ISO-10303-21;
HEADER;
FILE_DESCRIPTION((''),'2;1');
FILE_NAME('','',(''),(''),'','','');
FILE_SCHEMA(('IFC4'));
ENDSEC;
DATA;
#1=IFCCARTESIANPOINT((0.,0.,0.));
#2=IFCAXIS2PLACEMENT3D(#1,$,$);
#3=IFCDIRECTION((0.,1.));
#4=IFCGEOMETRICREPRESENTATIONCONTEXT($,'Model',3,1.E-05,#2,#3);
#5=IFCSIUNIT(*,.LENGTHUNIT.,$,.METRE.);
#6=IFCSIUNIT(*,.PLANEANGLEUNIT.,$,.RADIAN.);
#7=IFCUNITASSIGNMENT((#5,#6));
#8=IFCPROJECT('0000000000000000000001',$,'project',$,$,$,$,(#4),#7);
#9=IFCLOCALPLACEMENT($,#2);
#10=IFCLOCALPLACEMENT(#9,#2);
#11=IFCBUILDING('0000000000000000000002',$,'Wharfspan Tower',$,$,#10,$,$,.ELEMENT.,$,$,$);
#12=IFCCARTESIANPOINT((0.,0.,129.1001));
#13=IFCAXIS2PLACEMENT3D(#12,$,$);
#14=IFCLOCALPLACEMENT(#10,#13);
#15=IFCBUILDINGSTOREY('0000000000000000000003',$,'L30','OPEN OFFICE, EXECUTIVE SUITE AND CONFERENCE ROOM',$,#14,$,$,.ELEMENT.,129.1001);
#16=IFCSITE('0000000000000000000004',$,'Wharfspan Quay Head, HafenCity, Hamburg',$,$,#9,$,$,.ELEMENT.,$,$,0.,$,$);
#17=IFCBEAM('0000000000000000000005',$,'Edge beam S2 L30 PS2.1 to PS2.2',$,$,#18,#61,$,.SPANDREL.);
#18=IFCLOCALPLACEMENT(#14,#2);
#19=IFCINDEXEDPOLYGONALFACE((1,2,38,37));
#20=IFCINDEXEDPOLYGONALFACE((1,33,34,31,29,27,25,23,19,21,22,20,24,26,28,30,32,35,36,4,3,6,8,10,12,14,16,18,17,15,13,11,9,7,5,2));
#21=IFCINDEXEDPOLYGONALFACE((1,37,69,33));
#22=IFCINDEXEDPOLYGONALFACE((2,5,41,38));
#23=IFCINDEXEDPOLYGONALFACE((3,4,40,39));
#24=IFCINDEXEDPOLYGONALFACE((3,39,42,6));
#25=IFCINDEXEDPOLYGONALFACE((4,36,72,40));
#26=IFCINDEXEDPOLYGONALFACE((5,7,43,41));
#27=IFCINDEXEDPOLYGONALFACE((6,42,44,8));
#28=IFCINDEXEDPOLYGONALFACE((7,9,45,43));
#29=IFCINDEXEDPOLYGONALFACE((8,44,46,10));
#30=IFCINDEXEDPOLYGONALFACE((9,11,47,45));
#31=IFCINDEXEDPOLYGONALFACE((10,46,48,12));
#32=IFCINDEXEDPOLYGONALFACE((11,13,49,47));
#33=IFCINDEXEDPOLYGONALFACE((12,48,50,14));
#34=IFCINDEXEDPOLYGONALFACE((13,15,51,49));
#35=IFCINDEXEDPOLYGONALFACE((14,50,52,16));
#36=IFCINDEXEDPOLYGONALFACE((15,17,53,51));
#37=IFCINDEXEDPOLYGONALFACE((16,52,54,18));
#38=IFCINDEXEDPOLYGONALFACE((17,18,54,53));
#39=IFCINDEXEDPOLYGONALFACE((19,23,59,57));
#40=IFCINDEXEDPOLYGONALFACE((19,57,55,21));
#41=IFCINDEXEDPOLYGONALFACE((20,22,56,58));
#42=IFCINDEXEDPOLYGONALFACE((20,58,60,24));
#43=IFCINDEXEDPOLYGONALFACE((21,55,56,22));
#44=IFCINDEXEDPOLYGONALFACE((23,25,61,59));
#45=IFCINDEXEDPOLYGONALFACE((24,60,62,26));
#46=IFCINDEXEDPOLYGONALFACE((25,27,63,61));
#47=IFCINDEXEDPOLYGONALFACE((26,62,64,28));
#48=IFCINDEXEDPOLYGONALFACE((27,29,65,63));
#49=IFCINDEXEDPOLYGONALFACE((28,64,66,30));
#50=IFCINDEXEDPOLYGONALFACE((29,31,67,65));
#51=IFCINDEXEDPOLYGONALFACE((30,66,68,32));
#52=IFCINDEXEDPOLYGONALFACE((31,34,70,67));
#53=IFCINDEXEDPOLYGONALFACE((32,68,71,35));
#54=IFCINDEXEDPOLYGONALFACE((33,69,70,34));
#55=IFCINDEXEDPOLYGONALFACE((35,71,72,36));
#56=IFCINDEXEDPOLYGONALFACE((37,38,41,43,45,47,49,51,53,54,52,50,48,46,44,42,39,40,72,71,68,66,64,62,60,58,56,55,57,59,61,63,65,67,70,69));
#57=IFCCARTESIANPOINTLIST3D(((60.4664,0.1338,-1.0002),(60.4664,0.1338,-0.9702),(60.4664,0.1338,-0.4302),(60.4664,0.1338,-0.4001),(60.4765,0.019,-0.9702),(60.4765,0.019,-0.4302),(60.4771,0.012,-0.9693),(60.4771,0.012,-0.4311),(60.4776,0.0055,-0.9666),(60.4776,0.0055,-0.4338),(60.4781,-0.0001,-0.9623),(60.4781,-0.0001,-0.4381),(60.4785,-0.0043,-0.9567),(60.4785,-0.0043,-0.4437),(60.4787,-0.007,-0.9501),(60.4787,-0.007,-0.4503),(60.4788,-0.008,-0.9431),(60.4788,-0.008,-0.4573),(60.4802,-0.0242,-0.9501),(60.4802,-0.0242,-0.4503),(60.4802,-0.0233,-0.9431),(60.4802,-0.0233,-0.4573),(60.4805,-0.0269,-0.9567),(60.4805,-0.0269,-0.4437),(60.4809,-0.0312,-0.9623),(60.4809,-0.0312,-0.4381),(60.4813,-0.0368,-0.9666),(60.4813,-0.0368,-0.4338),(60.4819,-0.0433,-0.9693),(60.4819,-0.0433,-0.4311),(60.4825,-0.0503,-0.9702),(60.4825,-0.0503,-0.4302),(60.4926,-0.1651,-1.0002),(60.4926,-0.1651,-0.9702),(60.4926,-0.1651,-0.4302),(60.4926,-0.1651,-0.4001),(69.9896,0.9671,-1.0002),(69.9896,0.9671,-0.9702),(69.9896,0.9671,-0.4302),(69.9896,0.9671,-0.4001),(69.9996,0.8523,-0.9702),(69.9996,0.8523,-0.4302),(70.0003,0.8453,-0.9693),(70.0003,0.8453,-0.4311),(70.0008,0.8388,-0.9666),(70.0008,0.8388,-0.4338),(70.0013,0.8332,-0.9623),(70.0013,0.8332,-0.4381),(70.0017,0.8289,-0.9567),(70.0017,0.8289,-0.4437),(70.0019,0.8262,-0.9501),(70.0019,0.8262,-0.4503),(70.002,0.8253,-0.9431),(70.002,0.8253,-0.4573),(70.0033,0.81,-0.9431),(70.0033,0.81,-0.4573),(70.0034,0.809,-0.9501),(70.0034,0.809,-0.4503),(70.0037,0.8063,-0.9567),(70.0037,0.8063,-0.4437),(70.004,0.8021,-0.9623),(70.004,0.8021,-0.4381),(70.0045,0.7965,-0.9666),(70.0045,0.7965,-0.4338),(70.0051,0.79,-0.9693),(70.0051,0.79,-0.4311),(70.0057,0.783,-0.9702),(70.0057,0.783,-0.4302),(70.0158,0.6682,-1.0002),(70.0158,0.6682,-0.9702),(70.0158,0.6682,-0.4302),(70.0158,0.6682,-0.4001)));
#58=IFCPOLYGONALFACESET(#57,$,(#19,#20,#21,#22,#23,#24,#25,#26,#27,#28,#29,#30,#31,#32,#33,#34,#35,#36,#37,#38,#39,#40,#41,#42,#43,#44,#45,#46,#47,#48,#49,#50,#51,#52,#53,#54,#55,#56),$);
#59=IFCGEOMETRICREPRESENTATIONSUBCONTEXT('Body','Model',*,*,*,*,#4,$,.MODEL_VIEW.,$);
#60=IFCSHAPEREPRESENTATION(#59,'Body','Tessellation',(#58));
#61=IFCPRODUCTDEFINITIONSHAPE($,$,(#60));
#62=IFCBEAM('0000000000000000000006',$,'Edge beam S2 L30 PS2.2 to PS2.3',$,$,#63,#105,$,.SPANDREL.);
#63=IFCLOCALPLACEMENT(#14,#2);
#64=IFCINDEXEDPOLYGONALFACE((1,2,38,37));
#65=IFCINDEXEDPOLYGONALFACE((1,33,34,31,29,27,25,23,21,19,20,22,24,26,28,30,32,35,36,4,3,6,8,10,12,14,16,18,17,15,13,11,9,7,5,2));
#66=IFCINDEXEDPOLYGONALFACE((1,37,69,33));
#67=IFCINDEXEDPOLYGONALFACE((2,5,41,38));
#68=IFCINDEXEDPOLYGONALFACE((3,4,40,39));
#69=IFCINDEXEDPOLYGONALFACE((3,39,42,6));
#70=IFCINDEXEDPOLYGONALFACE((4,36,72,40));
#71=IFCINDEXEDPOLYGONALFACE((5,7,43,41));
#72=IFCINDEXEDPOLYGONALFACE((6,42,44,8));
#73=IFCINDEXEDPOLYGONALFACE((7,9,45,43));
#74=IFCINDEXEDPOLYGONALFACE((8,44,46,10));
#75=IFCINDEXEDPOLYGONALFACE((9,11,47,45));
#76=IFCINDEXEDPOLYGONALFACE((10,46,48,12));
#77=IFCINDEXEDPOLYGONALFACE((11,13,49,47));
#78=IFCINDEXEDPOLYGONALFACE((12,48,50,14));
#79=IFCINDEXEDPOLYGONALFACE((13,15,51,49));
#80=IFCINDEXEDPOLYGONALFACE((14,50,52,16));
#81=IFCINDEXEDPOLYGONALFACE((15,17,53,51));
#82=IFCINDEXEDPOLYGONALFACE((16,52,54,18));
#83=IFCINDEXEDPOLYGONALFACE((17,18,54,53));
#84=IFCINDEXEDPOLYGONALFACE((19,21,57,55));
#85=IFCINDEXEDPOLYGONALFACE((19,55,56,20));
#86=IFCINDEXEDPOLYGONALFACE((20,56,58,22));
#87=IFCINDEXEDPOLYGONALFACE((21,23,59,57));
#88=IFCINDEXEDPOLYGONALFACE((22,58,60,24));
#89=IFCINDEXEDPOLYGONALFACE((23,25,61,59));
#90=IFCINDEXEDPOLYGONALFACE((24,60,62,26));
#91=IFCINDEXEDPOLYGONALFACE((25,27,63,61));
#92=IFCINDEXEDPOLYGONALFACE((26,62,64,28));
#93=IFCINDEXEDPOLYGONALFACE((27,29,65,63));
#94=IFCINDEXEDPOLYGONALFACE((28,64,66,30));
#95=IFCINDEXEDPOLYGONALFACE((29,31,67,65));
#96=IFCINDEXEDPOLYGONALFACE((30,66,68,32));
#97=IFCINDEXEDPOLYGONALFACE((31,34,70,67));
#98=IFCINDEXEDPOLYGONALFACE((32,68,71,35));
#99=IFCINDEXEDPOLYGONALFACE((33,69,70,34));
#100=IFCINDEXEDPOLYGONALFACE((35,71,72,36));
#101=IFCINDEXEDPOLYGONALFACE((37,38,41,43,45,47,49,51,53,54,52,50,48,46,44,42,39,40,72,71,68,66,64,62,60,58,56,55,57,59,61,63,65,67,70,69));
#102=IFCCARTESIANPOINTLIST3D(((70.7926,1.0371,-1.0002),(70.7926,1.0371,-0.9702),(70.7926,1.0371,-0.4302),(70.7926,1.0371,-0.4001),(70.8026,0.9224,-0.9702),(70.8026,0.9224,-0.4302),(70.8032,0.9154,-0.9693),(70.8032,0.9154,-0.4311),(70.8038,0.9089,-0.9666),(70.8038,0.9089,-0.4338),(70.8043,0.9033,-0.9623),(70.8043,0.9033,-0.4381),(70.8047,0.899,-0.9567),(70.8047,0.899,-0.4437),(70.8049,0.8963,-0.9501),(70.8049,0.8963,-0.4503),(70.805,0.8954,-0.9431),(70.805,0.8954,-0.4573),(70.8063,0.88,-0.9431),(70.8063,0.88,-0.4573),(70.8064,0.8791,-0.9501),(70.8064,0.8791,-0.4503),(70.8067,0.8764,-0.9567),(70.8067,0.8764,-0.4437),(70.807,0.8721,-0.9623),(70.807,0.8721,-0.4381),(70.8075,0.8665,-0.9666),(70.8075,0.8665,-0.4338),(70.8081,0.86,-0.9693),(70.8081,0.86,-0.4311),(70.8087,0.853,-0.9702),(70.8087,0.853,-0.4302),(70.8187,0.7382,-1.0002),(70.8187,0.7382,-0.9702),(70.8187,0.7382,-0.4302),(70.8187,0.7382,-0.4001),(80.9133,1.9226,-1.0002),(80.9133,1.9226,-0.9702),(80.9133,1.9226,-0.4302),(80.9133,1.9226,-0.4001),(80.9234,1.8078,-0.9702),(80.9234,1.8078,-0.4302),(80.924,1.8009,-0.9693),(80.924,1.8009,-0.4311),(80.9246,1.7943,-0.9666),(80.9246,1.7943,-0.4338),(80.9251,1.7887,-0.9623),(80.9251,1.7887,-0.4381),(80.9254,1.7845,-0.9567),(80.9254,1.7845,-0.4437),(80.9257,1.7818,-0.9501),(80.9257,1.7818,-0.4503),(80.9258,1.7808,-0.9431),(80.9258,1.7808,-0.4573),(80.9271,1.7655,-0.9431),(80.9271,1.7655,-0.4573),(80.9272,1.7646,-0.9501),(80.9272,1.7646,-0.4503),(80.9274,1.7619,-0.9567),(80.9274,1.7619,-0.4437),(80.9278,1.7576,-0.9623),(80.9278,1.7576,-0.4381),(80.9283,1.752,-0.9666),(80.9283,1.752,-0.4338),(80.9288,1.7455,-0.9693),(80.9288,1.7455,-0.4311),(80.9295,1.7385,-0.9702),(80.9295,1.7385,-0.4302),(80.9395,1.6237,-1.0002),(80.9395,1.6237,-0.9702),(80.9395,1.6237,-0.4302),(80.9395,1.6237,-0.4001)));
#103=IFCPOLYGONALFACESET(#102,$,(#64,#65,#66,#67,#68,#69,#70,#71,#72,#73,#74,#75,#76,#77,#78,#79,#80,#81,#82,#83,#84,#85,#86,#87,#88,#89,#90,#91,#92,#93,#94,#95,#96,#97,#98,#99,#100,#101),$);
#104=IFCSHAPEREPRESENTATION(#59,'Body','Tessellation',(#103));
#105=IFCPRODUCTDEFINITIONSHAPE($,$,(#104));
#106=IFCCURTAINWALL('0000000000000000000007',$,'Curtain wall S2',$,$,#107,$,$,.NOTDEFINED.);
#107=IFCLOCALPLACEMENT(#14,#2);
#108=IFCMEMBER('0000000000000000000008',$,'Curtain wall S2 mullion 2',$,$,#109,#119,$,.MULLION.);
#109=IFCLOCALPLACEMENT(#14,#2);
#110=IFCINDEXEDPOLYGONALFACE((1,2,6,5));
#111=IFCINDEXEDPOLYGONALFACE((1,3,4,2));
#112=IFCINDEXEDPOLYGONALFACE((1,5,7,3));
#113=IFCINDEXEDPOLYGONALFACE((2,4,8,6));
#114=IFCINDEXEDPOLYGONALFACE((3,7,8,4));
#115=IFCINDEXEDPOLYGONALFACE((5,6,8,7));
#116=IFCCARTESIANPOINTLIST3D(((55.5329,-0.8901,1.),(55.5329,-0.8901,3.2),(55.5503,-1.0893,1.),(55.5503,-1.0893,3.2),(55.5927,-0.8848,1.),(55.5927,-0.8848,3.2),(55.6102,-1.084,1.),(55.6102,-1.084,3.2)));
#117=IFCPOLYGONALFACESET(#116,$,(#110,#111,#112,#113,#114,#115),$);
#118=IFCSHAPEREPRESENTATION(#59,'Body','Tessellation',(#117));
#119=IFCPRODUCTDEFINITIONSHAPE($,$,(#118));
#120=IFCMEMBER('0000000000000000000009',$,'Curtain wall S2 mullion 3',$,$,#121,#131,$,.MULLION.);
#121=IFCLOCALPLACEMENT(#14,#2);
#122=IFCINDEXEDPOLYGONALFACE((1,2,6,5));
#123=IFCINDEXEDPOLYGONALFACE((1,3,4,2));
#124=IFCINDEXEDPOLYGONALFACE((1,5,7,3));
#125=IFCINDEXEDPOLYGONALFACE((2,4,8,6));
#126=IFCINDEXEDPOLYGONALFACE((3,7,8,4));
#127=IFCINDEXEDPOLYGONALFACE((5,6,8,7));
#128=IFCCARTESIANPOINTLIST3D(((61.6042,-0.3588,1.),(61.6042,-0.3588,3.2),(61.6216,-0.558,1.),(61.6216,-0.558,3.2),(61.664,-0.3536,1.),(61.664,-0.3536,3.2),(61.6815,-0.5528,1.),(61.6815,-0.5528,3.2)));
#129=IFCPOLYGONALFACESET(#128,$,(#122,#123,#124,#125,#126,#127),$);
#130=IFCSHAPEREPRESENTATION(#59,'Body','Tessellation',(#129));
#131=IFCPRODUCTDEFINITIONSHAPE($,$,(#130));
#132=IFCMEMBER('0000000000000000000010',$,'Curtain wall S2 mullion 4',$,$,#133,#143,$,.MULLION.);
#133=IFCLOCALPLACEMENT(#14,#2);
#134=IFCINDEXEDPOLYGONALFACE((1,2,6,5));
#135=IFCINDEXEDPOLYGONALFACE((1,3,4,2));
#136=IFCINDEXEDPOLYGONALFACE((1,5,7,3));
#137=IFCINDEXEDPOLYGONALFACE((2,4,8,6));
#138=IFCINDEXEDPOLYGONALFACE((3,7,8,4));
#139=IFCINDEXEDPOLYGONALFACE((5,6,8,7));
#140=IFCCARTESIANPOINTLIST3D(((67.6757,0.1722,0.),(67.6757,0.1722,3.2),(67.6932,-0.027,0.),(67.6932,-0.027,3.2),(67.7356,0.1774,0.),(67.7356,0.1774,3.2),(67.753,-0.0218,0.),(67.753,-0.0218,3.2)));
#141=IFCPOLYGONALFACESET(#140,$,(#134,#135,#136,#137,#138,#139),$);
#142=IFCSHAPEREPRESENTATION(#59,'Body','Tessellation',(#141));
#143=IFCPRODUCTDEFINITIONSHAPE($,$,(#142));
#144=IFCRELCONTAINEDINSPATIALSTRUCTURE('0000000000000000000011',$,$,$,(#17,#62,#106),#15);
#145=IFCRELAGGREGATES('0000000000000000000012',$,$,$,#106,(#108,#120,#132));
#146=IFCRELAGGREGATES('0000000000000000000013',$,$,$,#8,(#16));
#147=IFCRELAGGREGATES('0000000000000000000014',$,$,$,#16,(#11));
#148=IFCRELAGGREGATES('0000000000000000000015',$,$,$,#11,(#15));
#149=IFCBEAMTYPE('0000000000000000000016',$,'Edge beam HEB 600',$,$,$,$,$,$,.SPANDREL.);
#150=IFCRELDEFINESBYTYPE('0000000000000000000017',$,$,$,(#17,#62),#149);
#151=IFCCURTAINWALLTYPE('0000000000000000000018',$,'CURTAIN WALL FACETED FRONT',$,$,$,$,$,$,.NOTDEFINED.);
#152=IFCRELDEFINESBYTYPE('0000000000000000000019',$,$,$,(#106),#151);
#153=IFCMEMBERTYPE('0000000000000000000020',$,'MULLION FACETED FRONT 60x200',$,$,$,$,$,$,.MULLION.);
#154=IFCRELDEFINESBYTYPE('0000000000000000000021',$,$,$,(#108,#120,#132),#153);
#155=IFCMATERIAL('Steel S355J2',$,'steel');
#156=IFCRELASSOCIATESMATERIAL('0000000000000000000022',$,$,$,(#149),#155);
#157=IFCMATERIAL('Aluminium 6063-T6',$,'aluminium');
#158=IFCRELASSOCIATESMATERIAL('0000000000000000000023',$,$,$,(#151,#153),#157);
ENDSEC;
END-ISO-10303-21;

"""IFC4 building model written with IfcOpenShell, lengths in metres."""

from ifc_helpers import new_model, si_unit, direction, frame, origin, origin_2d, place, context, subcontext, project, spatial, rectangle, i_section, extrude, material, material_profile, profile_set, type_object, element, aggregate, save


model = new_model("IFC4")

# Units and contexts
model_context = context("Model", 3, precision=1e-05, world=origin(), true_north=direction((0.0, 1.0)))
body_context = subcontext(model_context, "Body", "Model", "MODEL_VIEW")
ifc_project = project(units=[si_unit("LENGTHUNIT", "METRE"), si_unit("PLANEANGLEUNIT", "RADIAN")], contexts=[model_context])

# Site, building, storey
site_placement = place(None, origin())
site = spatial("IfcSite", under=ifc_project, at=site_placement, Name="Wharfspan Quay Head, HafenCity, Hamburg", CompositionType="ELEMENT", RefElevation=0.0)
building_placement = place(site_placement, origin())
building = spatial("IfcBuilding", under=site, at=building_placement, Name="Wharfspan Tower", CompositionType="ELEMENT")
storey_placement = place(building_placement, frame((0.0, 0.0, 129.1001)))
storey = spatial("IfcBuildingStorey", under=building, at=storey_placement, Name="L30", Description="OPEN OFFICE, EXECUTIVE SUITE AND CONFERENCE ROOM", CompositionType="ELEMENT", Elevation=129.1001)

# Shared definitions
ifc_material_1 = material(Name="Steel S355J2", Category="steel")

# Beams
ifc_material_profile_1 = material_profile(ifc_material_1, i_section(OverallWidth=0.3, OverallDepth=0.6001, WebThickness=0.0154, FlangeThickness=0.03, FilletRadius=0.0271, at=origin_2d()))
ifc_profile_set_1 = profile_set([ifc_material_profile_1], Name="Steel S355J2")
beam_type = type_object("IfcBeamType", Name="Edge beam HEB 600", PredefinedType="SPANDREL", material=ifc_profile_set_1)
beam_1_placement = place(storey_placement, frame((60.4795, -0.0156, -0.7002), z_axis=(0.996194, 0.087164, 0.0), x_axis=(-0.087164, 0.996194, 0.0)))
element("IfcBeam", 1, at=beam_1_placement, inside=storey, type_object=beam_type, Name="Edge beam S2 L30 PS2.1 to PS2.2", PredefinedType="SPANDREL", context=body_context, shape_type="SweptSolid", body=[
    extrude(i_section(OverallWidth=0.3, OverallDepth=0.6001, WebThickness=0.0154, FlangeThickness=0.03, FilletRadius=0.0271, at=origin_2d()), origin(), (0.0, 0.0, 1.0), 9.5596),
])
beam_2_placement = place(storey_placement, frame((70.8057, 0.8877, -0.7002), z_axis=(0.996194, 0.087159, 0.0), x_axis=(-0.087159, 0.996194, 0.0)))
element("IfcBeam", 2, at=beam_2_placement, inside=storey, type_object=beam_type, Name="Edge beam S2 L30 PS2.2 to PS2.3", PredefinedType="SPANDREL", context=body_context, shape_type="SweptSolid", body=[
    extrude(i_section(OverallWidth=0.3, OverallDepth=0.6001, WebThickness=0.0154, FlangeThickness=0.03, FilletRadius=0.0271, at=origin_2d()), origin(), (0.0, 0.0, 1.0), 10.1594),
])

# Curtain wall, members
ifc_material_2 = material(Name="Aluminium 6063-T6", Category="aluminium")
curtain_wall_type = type_object("IfcCurtainWallType", Name="CURTAIN WALL FACETED FRONT", PredefinedType="NOTDEFINED", material=ifc_material_2)
curtain_wall_placement = place(storey_placement, origin())
curtain_wall = element("IfcCurtainWall", 3, at=curtain_wall_placement, inside=storey, type_object=curtain_wall_type, Name="Curtain wall S2", PredefinedType="NOTDEFINED")
ifc_material_profile_2 = material_profile(ifc_material_2, rectangle(XDim=0.2, YDim=0.0601, at=origin_2d()))
ifc_profile_set_2 = profile_set([ifc_material_profile_2], Name="Aluminium 6063-T6")
member_type_1 = type_object("IfcMemberType", Name="MULLION FACETED FRONT 60x200", PredefinedType="MULLION", material=ifc_profile_set_2)
member_1_placement = place(storey_placement, frame((55.5715, -0.9871, 1.0), z_axis=(0.0, 0.0, 1.0), x_axis=(-0.087156, 0.996198, 0.0)))
member_1 = element("IfcMember", 4, at=member_1_placement, type_object=member_type_1, Name="Curtain wall S2 mullion 2", PredefinedType="MULLION", context=body_context, shape_type="SweptSolid", body=[
    extrude(rectangle(XDim=0.2, YDim=0.0601, at=origin_2d()), origin(), (0.0, 0.0, 1.0), 2.2),
])
member_2_placement = place(storey_placement, frame((61.6428, -0.4558, 1.0), z_axis=(0.0, 0.0, 1.0), x_axis=(-0.087156, 0.996198, 0.0)))
member_2 = element("IfcMember", 5, at=member_2_placement, type_object=member_type_1, Name="Curtain wall S2 mullion 3", PredefinedType="MULLION", context=body_context, shape_type="SweptSolid", body=[
    extrude(rectangle(XDim=0.2, YDim=0.0601, at=origin_2d()), origin(), (0.0, 0.0, 1.0), 2.2),
])
member_3_placement = place(storey_placement, frame((67.7144, 0.0752, 0.0), z_axis=(0.0, 0.0, 1.0), x_axis=(-0.087156, 0.996198, 0.0)))
member_3 = element("IfcMember", 6, at=member_3_placement, type_object=member_type_1, Name="Curtain wall S2 mullion 4", PredefinedType="MULLION", context=body_context, shape_type="SweptSolid", body=[
    extrude(rectangle(XDim=0.2, YDim=0.0601, at=origin_2d()), origin(), (0.0, 0.0, 1.0), 3.2),
])

aggregate(curtain_wall, [member_1, member_2, member_3])

save(model, "model.ifc")
